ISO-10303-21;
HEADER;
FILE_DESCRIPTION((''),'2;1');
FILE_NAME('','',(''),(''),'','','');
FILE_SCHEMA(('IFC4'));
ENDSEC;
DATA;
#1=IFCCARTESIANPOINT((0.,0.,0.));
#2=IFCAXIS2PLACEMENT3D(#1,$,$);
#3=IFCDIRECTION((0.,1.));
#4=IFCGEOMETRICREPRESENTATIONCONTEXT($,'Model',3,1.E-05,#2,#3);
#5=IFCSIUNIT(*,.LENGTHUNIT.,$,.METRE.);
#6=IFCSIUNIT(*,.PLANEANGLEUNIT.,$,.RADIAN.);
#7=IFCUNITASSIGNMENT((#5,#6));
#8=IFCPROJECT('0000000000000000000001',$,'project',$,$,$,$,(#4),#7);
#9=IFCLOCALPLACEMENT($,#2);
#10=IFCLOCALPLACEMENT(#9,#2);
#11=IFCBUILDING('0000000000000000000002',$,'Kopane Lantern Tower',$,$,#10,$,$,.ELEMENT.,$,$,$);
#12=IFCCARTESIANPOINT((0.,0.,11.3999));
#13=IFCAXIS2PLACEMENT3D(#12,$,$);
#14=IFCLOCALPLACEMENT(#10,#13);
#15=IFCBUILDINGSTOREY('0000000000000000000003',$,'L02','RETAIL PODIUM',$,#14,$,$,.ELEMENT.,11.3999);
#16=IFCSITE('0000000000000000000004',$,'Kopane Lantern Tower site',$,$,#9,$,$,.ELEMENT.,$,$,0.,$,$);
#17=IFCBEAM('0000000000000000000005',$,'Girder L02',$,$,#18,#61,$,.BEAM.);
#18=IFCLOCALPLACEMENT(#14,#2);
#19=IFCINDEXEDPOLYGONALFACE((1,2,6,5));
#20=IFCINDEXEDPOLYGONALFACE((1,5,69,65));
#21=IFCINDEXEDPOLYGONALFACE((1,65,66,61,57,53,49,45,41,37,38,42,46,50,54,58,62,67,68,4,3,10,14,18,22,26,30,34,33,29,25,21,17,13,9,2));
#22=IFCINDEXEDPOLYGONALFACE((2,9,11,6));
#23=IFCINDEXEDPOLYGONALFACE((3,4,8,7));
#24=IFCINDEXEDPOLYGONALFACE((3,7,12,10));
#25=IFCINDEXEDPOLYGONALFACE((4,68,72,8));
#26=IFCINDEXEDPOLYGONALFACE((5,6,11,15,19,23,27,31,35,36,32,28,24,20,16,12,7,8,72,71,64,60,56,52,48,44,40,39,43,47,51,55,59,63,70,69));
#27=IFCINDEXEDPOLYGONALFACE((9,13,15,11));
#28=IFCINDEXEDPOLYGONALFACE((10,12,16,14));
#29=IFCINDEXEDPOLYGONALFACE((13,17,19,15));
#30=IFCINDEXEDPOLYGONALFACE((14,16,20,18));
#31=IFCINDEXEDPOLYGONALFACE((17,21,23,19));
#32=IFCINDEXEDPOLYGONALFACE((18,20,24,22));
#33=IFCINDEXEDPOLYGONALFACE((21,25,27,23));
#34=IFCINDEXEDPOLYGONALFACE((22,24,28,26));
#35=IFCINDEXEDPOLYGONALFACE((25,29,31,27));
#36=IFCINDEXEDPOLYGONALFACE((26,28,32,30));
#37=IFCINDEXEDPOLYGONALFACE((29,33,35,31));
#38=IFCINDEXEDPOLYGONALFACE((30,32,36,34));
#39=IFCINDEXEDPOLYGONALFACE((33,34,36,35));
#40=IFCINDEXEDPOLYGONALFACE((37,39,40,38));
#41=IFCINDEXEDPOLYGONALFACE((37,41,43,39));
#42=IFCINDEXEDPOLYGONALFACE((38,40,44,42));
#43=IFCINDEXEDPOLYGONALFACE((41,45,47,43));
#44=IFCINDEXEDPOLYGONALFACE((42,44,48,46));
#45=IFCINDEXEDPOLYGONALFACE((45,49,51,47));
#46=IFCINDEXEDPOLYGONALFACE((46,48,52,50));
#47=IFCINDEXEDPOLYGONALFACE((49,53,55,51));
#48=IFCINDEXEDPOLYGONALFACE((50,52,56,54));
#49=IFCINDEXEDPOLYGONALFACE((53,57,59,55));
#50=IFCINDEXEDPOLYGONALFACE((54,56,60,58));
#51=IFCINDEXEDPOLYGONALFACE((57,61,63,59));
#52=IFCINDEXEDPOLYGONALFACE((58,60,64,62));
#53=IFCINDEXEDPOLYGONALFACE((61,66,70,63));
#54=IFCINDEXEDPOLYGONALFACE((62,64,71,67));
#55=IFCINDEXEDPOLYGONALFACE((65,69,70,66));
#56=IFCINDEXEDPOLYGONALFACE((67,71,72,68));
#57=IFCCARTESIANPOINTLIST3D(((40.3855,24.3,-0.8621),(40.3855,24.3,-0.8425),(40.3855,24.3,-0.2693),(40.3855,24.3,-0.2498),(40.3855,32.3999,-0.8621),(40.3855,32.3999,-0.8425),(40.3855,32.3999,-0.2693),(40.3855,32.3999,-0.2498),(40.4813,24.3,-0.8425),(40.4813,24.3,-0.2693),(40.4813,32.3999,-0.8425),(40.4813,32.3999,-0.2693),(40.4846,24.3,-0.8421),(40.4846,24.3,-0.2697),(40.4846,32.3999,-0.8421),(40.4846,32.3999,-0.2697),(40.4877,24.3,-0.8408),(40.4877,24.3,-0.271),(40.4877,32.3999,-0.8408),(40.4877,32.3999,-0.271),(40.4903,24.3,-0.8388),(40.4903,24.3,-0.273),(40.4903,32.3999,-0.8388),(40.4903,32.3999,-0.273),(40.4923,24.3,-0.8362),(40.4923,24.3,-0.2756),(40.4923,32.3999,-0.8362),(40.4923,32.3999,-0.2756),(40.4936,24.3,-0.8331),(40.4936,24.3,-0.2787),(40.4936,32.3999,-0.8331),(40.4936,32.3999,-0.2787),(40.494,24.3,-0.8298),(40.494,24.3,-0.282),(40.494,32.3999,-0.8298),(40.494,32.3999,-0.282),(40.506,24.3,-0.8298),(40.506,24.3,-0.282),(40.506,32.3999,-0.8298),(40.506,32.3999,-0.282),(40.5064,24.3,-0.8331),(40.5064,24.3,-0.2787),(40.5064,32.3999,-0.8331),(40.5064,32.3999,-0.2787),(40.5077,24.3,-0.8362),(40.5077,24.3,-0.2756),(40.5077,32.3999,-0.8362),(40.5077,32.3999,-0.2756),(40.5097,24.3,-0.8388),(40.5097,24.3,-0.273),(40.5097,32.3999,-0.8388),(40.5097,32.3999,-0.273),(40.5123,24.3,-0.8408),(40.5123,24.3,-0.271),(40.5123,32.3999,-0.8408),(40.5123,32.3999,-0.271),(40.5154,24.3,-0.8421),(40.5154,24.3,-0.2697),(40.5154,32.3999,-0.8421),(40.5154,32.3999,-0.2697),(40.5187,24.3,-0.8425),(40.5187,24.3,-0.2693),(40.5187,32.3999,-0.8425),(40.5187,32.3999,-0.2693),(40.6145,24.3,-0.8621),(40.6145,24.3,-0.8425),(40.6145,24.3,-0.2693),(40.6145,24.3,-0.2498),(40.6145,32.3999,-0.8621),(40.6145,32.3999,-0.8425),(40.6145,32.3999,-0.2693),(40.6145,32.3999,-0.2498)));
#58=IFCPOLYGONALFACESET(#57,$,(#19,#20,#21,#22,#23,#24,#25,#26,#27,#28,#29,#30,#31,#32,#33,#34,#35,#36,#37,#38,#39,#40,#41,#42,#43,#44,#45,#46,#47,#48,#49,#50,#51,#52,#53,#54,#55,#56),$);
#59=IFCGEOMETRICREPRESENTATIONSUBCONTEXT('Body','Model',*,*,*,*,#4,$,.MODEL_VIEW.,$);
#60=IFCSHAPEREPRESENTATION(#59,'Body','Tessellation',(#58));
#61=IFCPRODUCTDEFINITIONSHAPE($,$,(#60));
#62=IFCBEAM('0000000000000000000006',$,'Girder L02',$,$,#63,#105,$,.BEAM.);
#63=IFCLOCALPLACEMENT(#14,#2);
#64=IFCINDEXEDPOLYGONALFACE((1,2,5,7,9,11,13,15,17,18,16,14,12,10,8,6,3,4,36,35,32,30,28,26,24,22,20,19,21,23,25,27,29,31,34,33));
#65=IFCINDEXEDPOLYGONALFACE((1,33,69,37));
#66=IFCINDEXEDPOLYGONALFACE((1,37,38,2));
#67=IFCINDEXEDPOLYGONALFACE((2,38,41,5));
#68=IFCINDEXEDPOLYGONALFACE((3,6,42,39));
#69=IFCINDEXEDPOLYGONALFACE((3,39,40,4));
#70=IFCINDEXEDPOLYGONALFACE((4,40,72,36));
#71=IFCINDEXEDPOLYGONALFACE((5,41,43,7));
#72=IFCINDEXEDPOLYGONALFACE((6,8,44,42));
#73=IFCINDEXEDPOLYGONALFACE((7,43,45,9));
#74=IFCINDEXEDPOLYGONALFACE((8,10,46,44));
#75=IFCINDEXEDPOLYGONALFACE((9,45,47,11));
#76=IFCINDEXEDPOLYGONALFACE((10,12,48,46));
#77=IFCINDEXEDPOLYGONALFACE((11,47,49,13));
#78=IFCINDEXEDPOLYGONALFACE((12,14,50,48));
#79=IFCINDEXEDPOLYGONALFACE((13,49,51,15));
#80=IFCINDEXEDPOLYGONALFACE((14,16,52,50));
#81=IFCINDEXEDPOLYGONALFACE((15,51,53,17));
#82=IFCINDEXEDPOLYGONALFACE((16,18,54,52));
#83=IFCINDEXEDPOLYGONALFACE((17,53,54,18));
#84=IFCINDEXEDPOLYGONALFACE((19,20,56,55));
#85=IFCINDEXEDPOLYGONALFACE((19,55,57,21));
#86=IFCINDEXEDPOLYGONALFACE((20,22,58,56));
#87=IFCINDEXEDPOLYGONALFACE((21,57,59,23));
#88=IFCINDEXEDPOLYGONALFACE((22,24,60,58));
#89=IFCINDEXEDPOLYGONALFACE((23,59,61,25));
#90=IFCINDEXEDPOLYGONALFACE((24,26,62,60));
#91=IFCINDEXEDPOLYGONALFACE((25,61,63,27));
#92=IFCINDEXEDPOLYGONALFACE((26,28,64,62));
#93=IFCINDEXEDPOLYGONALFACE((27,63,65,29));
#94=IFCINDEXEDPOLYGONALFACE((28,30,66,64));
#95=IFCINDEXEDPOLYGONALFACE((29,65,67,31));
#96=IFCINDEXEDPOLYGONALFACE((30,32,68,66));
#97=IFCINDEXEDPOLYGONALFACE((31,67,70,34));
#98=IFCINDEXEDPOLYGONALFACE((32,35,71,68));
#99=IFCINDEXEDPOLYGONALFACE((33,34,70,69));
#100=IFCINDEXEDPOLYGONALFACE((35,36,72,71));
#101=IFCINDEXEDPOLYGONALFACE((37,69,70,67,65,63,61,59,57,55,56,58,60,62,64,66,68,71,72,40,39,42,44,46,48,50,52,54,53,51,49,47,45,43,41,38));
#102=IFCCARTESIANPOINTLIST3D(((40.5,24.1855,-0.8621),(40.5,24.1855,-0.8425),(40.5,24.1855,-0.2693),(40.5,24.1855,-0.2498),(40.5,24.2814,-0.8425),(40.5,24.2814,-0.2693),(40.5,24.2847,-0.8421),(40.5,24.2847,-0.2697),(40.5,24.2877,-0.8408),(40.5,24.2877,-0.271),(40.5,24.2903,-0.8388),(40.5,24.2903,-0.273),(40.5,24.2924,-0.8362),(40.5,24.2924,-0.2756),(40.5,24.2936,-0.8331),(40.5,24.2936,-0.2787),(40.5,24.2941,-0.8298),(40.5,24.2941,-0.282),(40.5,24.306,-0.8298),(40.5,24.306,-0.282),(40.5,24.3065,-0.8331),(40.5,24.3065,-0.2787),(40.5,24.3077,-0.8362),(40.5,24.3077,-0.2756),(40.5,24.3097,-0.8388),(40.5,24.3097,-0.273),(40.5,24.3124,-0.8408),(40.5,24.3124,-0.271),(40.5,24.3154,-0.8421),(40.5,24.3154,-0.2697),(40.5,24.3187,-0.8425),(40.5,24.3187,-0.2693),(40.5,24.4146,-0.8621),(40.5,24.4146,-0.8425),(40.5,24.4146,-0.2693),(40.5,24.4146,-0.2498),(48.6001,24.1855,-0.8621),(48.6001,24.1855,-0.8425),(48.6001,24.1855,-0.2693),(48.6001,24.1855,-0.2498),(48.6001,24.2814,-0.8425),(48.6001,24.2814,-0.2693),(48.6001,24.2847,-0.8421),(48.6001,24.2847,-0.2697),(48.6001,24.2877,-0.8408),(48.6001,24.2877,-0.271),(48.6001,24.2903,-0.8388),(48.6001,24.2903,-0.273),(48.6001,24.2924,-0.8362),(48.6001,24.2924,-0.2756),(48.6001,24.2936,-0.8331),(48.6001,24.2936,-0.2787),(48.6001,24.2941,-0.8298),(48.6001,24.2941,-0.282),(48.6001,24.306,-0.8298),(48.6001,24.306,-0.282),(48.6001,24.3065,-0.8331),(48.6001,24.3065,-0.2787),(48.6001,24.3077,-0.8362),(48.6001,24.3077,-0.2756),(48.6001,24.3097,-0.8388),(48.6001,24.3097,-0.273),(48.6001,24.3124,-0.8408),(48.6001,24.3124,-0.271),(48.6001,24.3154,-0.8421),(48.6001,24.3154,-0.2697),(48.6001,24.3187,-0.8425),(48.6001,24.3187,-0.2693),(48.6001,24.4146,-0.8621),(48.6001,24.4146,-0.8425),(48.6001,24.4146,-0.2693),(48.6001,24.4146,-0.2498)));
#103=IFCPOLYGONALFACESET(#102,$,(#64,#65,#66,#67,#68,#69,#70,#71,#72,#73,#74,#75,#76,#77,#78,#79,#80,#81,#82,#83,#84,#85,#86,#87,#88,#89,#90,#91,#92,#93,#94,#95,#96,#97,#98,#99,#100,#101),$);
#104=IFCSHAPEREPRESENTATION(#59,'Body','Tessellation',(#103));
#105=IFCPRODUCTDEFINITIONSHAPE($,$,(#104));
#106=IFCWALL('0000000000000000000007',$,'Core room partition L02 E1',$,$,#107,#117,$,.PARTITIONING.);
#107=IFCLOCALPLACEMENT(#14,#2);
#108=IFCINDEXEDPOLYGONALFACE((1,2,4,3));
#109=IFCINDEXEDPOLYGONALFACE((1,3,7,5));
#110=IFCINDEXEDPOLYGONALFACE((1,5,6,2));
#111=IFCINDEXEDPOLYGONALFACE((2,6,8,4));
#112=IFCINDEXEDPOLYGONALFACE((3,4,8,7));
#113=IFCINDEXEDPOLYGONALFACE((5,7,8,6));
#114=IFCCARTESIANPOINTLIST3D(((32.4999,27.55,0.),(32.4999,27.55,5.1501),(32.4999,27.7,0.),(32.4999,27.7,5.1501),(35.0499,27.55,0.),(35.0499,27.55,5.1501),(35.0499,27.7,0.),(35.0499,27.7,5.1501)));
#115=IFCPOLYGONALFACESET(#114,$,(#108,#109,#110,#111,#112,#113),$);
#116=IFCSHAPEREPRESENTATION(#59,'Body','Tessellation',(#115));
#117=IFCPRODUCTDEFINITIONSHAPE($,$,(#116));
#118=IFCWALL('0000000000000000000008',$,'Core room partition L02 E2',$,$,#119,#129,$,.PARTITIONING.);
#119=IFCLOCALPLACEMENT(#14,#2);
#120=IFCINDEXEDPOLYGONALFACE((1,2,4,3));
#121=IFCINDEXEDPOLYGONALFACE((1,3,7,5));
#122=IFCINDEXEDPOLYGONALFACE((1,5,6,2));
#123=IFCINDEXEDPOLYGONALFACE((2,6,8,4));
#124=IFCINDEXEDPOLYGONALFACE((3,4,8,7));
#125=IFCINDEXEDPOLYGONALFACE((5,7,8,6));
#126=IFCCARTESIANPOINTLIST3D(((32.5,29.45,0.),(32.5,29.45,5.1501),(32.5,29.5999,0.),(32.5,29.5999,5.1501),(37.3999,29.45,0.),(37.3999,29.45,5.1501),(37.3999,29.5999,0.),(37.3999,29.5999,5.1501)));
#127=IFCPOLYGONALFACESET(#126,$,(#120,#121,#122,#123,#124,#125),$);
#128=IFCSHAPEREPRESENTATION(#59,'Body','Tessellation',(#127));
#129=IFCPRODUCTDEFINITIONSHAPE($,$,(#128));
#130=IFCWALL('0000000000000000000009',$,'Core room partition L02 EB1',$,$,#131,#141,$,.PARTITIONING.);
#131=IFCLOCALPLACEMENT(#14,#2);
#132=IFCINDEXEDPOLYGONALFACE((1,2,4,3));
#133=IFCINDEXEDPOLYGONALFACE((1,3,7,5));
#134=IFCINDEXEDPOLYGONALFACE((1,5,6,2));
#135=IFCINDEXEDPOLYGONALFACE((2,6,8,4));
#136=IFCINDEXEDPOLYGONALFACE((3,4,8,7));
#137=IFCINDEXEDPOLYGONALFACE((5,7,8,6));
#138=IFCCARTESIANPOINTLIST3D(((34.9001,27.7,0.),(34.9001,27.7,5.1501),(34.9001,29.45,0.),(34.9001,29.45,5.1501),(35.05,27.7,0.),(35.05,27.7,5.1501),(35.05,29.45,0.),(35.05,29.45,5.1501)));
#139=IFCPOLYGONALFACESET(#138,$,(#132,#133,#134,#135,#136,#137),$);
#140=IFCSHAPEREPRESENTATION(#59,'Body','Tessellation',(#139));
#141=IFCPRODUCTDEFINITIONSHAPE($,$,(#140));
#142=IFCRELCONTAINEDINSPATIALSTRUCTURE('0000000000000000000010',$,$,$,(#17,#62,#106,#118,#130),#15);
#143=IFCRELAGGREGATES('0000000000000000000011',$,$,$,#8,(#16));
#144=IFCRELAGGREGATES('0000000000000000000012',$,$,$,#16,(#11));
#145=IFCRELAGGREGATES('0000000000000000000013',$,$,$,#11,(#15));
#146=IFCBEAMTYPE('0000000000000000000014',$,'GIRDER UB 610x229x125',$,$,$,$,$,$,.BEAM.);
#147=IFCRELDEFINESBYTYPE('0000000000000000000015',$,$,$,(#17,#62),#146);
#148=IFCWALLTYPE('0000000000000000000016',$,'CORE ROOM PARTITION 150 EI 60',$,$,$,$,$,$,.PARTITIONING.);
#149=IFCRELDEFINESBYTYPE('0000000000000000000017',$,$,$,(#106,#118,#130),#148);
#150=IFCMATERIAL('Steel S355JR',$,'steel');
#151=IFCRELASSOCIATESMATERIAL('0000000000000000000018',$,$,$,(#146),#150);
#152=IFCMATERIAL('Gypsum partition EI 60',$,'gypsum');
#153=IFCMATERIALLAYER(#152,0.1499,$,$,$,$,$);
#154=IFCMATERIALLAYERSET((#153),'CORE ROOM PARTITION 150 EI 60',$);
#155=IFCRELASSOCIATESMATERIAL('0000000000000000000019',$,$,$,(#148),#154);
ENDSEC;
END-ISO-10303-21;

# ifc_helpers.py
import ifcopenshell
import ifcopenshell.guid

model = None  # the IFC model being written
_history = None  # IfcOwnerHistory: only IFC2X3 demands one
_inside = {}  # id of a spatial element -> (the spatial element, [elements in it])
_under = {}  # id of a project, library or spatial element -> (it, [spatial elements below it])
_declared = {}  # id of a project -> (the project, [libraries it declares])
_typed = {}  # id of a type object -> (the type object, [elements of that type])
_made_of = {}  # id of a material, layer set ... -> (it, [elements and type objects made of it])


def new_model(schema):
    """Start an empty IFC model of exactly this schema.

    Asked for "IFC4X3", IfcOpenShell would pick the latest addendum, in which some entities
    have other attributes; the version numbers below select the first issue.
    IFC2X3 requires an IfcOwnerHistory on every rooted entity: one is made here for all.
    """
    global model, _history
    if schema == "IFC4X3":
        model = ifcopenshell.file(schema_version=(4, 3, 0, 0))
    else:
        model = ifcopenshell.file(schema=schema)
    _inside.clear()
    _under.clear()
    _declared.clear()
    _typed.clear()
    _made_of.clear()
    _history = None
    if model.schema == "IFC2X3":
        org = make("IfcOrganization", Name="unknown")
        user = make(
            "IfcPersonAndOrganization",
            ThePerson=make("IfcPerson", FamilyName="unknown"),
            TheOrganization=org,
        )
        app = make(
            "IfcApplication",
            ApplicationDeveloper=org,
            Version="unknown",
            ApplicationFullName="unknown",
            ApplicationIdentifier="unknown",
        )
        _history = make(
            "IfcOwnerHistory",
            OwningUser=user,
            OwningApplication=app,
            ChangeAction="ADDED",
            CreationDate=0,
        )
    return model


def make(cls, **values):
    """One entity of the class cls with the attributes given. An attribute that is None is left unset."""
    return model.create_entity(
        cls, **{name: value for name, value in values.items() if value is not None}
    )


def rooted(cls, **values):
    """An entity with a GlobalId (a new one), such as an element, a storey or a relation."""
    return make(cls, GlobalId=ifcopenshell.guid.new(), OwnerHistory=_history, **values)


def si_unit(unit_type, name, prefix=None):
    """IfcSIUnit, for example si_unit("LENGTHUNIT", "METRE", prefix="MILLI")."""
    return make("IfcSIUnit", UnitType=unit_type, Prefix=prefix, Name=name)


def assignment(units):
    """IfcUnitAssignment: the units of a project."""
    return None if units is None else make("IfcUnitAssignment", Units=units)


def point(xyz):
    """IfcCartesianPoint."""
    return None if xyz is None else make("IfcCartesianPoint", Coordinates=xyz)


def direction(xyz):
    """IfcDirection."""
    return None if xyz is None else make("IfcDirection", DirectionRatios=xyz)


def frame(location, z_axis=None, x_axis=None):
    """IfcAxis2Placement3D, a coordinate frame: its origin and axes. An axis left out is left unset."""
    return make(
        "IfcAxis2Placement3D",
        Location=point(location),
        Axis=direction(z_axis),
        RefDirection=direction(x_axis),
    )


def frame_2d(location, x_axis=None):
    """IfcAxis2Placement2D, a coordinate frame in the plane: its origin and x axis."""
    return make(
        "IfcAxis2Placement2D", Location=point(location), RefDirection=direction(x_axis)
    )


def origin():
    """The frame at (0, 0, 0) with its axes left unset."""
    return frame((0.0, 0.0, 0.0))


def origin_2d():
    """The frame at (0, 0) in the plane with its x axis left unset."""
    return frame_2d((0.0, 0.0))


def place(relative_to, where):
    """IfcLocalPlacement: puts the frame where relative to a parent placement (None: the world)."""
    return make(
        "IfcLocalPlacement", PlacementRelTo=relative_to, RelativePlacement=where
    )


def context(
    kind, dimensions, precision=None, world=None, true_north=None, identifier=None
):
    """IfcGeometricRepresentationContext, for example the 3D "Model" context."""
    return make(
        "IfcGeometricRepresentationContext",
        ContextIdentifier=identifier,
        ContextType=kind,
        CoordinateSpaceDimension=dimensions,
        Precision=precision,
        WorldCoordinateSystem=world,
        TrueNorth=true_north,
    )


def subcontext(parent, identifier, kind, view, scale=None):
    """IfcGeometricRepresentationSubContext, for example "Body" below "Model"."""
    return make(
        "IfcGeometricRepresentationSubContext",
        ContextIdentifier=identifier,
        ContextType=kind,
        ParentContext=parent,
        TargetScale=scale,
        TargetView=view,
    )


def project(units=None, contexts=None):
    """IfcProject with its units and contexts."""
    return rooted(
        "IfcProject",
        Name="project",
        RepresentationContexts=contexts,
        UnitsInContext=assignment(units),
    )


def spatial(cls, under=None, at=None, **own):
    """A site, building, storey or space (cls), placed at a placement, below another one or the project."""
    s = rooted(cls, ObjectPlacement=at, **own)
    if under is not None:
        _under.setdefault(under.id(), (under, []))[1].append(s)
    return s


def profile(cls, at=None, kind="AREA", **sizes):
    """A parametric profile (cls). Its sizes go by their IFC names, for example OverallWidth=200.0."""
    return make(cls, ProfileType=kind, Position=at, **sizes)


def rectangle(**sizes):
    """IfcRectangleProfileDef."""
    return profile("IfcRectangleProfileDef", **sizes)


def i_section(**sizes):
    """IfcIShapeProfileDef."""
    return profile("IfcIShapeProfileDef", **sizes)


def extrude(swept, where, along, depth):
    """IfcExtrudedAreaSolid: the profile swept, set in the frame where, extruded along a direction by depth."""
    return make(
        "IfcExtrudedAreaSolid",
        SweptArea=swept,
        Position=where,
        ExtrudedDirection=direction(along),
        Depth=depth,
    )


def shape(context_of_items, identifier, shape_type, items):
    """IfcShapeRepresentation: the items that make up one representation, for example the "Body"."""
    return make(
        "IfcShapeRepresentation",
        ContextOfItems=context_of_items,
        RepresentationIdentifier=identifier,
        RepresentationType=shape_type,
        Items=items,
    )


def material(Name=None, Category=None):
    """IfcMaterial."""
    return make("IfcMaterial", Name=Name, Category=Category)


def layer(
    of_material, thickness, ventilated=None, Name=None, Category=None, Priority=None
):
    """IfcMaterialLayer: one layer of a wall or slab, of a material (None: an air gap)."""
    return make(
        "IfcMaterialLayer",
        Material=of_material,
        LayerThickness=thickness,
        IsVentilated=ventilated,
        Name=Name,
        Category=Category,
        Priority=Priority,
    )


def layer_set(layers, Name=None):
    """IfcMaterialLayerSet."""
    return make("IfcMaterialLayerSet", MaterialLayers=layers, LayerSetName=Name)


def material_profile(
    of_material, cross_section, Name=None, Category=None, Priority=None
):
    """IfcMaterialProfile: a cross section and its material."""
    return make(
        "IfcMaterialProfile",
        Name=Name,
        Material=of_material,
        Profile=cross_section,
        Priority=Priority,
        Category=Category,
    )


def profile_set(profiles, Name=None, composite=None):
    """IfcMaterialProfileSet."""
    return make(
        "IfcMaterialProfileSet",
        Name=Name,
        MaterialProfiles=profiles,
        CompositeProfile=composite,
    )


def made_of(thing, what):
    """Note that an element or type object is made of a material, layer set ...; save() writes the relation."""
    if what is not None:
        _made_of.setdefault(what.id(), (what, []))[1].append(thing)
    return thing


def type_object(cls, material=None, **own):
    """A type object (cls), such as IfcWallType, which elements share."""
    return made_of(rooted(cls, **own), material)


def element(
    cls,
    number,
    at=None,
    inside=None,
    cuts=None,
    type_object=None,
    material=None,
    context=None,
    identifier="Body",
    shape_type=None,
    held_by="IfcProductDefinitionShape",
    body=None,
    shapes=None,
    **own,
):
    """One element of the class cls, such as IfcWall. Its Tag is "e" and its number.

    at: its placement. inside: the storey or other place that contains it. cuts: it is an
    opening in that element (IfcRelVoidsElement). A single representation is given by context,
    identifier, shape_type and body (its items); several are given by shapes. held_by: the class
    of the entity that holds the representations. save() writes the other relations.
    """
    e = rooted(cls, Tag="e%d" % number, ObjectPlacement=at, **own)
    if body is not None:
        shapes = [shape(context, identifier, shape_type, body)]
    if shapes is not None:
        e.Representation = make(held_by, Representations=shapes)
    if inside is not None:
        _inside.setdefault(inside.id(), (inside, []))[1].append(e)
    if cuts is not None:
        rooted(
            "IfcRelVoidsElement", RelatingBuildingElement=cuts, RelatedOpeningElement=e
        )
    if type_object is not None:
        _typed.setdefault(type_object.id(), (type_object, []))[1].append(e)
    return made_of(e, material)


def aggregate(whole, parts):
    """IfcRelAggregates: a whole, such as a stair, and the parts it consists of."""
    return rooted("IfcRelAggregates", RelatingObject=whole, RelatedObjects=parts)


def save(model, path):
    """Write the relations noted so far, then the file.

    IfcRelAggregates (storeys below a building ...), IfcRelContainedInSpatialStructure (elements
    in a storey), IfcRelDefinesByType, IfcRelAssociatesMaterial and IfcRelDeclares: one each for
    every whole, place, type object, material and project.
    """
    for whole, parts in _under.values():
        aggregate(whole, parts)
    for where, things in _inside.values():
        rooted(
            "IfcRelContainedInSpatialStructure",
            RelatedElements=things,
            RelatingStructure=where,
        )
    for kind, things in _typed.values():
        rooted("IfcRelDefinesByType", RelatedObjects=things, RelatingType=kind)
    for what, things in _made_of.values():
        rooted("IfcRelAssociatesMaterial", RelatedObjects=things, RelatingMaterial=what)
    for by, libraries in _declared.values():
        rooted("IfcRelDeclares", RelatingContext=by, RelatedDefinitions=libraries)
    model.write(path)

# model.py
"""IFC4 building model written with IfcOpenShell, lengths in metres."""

from ifc_helpers import new_model, si_unit, direction, frame, frame_2d, origin, origin_2d, place, context, subcontext, project, spatial, rectangle, i_section, extrude, material, layer, layer_set, material_profile, profile_set, type_object, element, save


model = new_model("IFC4")

# Units and contexts
model_context = context("Model", 3, precision=1e-05, world=origin(), true_north=direction((0.0, 1.0)))
body_context = subcontext(model_context, "Body", "Model", "MODEL_VIEW")
ifc_project = project(units=[si_unit("LENGTHUNIT", "METRE"), si_unit("PLANEANGLEUNIT", "RADIAN")], contexts=[model_context])

# Site, building, storey
site_placement = place(None, origin())
site = spatial("IfcSite", under=ifc_project, at=site_placement, Name="Kopane Lantern Tower site", CompositionType="ELEMENT", RefElevation=0.0)
building_placement = place(site_placement, origin())
building = spatial("IfcBuilding", under=site, at=building_placement, Name="Kopane Lantern Tower", CompositionType="ELEMENT")
storey_placement = place(building_placement, frame((0.0, 0.0, 11.3999)))
storey = spatial("IfcBuildingStorey", under=building, at=storey_placement, Name="L02", Description="RETAIL PODIUM", CompositionType="ELEMENT", Elevation=11.3999)

# Beams
ifc_material_1 = material(Name="Steel S355JR", Category="steel")
ifc_material_profile_1 = material_profile(ifc_material_1, i_section(OverallWidth=0.229, OverallDepth=0.6123, WebThickness=0.012, FlangeThickness=0.0195, FilletRadius=0.0127, at=origin_2d()), Name="UB 610x229x125")
ifc_profile_set_1 = profile_set([ifc_material_profile_1], Name="Steel S355JR")
beam_type_1 = type_object("IfcBeamType", Name="GIRDER UB 610x229x125", PredefinedType="BEAM", material=ifc_profile_set_1)
beam_1_placement = place(storey_placement, frame((40.5, 24.3, -0.5559), z_axis=(0.0, 1.0, 0.0), x_axis=(-1.0, 0.0, 0.0)))
element("IfcBeam", 1, at=beam_1_placement, inside=storey, type_object=beam_type_1, Name="Girder L02", PredefinedType="BEAM", context=body_context, shape_type="SweptSolid", body=[
    extrude(i_section(OverallWidth=0.229, OverallDepth=0.6123, WebThickness=0.012, FlangeThickness=0.0195, FilletRadius=0.0127, at=origin_2d()), origin(), (0.0, 0.0, 1.0), 8.0999),
])
beam_2_placement = place(storey_placement, frame((40.5, 24.3, -0.5559), z_axis=(1.0, 0.0, 0.0), x_axis=(0.0, 1.0, 0.0)))
element("IfcBeam", 2, at=beam_2_placement, inside=storey, type_object=beam_type_1, Name="Girder L02", PredefinedType="BEAM", context=body_context, shape_type="SweptSolid", body=[
    extrude(i_section(OverallWidth=0.229, OverallDepth=0.6123, WebThickness=0.012, FlangeThickness=0.0195, FilletRadius=0.0127, at=origin_2d()), origin(), (0.0, 0.0, 1.0), 8.1001),
])

# Walls
ifc_material_2 = material(Name="Gypsum partition EI 60", Category="gypsum")
ifc_layer_1 = layer(ifc_material_2, 0.1499)
ifc_layer_set_1 = layer_set([ifc_layer_1], Name="CORE ROOM PARTITION 150 EI 60")
wall_type_1 = type_object("IfcWallType", Name="CORE ROOM PARTITION 150 EI 60", PredefinedType="PARTITIONING", material=ifc_layer_set_1)
wall_1_placement = place(storey_placement, frame((32.5, 27.625, 0.0), z_axis=(0.0, 0.0, 1.0), x_axis=(1.0, 0.0, 0.0)))
element("IfcWall", 3, at=wall_1_placement, inside=storey, type_object=wall_type_1, Name="Core room partition L02 E1", PredefinedType="PARTITIONING", context=body_context, shape_type="SweptSolid", body=[
    extrude(rectangle(XDim=2.55, YDim=0.1499, at=frame_2d((1.2749, 0.0))), origin(), (0.0, 0.0, 1.0), 5.1501),
])
wall_2_placement = place(storey_placement, frame((32.5, 29.5249, 0.0), z_axis=(0.0, 0.0, 1.0), x_axis=(1.0, 0.0, 0.0)))
element("IfcWall", 4, at=wall_2_placement, inside=storey, type_object=wall_type_1, Name="Core room partition L02 E2", PredefinedType="PARTITIONING", context=body_context, shape_type="SweptSolid", body=[
    extrude(rectangle(XDim=4.8999, YDim=0.1499, at=frame_2d((2.45, 0.0))), origin(), (0.0, 0.0, 1.0), 5.1501),
])
wall_3_placement = place(storey_placement, frame((34.9751, 27.7, 0.0), z_axis=(0.0, 0.0, 1.0), x_axis=(0.0, 1.0, 0.0)))
element("IfcWall", 5, at=wall_3_placement, inside=storey, type_object=wall_type_1, Name="Core room partition L02 EB1", PredefinedType="PARTITIONING", context=body_context, shape_type="SweptSolid", body=[
    extrude(rectangle(XDim=1.75, YDim=0.1499, at=frame_2d((0.875, 0.0))), origin(), (0.0, 0.0, 1.0), 5.1501),
])

save(model, "model.ifc")
